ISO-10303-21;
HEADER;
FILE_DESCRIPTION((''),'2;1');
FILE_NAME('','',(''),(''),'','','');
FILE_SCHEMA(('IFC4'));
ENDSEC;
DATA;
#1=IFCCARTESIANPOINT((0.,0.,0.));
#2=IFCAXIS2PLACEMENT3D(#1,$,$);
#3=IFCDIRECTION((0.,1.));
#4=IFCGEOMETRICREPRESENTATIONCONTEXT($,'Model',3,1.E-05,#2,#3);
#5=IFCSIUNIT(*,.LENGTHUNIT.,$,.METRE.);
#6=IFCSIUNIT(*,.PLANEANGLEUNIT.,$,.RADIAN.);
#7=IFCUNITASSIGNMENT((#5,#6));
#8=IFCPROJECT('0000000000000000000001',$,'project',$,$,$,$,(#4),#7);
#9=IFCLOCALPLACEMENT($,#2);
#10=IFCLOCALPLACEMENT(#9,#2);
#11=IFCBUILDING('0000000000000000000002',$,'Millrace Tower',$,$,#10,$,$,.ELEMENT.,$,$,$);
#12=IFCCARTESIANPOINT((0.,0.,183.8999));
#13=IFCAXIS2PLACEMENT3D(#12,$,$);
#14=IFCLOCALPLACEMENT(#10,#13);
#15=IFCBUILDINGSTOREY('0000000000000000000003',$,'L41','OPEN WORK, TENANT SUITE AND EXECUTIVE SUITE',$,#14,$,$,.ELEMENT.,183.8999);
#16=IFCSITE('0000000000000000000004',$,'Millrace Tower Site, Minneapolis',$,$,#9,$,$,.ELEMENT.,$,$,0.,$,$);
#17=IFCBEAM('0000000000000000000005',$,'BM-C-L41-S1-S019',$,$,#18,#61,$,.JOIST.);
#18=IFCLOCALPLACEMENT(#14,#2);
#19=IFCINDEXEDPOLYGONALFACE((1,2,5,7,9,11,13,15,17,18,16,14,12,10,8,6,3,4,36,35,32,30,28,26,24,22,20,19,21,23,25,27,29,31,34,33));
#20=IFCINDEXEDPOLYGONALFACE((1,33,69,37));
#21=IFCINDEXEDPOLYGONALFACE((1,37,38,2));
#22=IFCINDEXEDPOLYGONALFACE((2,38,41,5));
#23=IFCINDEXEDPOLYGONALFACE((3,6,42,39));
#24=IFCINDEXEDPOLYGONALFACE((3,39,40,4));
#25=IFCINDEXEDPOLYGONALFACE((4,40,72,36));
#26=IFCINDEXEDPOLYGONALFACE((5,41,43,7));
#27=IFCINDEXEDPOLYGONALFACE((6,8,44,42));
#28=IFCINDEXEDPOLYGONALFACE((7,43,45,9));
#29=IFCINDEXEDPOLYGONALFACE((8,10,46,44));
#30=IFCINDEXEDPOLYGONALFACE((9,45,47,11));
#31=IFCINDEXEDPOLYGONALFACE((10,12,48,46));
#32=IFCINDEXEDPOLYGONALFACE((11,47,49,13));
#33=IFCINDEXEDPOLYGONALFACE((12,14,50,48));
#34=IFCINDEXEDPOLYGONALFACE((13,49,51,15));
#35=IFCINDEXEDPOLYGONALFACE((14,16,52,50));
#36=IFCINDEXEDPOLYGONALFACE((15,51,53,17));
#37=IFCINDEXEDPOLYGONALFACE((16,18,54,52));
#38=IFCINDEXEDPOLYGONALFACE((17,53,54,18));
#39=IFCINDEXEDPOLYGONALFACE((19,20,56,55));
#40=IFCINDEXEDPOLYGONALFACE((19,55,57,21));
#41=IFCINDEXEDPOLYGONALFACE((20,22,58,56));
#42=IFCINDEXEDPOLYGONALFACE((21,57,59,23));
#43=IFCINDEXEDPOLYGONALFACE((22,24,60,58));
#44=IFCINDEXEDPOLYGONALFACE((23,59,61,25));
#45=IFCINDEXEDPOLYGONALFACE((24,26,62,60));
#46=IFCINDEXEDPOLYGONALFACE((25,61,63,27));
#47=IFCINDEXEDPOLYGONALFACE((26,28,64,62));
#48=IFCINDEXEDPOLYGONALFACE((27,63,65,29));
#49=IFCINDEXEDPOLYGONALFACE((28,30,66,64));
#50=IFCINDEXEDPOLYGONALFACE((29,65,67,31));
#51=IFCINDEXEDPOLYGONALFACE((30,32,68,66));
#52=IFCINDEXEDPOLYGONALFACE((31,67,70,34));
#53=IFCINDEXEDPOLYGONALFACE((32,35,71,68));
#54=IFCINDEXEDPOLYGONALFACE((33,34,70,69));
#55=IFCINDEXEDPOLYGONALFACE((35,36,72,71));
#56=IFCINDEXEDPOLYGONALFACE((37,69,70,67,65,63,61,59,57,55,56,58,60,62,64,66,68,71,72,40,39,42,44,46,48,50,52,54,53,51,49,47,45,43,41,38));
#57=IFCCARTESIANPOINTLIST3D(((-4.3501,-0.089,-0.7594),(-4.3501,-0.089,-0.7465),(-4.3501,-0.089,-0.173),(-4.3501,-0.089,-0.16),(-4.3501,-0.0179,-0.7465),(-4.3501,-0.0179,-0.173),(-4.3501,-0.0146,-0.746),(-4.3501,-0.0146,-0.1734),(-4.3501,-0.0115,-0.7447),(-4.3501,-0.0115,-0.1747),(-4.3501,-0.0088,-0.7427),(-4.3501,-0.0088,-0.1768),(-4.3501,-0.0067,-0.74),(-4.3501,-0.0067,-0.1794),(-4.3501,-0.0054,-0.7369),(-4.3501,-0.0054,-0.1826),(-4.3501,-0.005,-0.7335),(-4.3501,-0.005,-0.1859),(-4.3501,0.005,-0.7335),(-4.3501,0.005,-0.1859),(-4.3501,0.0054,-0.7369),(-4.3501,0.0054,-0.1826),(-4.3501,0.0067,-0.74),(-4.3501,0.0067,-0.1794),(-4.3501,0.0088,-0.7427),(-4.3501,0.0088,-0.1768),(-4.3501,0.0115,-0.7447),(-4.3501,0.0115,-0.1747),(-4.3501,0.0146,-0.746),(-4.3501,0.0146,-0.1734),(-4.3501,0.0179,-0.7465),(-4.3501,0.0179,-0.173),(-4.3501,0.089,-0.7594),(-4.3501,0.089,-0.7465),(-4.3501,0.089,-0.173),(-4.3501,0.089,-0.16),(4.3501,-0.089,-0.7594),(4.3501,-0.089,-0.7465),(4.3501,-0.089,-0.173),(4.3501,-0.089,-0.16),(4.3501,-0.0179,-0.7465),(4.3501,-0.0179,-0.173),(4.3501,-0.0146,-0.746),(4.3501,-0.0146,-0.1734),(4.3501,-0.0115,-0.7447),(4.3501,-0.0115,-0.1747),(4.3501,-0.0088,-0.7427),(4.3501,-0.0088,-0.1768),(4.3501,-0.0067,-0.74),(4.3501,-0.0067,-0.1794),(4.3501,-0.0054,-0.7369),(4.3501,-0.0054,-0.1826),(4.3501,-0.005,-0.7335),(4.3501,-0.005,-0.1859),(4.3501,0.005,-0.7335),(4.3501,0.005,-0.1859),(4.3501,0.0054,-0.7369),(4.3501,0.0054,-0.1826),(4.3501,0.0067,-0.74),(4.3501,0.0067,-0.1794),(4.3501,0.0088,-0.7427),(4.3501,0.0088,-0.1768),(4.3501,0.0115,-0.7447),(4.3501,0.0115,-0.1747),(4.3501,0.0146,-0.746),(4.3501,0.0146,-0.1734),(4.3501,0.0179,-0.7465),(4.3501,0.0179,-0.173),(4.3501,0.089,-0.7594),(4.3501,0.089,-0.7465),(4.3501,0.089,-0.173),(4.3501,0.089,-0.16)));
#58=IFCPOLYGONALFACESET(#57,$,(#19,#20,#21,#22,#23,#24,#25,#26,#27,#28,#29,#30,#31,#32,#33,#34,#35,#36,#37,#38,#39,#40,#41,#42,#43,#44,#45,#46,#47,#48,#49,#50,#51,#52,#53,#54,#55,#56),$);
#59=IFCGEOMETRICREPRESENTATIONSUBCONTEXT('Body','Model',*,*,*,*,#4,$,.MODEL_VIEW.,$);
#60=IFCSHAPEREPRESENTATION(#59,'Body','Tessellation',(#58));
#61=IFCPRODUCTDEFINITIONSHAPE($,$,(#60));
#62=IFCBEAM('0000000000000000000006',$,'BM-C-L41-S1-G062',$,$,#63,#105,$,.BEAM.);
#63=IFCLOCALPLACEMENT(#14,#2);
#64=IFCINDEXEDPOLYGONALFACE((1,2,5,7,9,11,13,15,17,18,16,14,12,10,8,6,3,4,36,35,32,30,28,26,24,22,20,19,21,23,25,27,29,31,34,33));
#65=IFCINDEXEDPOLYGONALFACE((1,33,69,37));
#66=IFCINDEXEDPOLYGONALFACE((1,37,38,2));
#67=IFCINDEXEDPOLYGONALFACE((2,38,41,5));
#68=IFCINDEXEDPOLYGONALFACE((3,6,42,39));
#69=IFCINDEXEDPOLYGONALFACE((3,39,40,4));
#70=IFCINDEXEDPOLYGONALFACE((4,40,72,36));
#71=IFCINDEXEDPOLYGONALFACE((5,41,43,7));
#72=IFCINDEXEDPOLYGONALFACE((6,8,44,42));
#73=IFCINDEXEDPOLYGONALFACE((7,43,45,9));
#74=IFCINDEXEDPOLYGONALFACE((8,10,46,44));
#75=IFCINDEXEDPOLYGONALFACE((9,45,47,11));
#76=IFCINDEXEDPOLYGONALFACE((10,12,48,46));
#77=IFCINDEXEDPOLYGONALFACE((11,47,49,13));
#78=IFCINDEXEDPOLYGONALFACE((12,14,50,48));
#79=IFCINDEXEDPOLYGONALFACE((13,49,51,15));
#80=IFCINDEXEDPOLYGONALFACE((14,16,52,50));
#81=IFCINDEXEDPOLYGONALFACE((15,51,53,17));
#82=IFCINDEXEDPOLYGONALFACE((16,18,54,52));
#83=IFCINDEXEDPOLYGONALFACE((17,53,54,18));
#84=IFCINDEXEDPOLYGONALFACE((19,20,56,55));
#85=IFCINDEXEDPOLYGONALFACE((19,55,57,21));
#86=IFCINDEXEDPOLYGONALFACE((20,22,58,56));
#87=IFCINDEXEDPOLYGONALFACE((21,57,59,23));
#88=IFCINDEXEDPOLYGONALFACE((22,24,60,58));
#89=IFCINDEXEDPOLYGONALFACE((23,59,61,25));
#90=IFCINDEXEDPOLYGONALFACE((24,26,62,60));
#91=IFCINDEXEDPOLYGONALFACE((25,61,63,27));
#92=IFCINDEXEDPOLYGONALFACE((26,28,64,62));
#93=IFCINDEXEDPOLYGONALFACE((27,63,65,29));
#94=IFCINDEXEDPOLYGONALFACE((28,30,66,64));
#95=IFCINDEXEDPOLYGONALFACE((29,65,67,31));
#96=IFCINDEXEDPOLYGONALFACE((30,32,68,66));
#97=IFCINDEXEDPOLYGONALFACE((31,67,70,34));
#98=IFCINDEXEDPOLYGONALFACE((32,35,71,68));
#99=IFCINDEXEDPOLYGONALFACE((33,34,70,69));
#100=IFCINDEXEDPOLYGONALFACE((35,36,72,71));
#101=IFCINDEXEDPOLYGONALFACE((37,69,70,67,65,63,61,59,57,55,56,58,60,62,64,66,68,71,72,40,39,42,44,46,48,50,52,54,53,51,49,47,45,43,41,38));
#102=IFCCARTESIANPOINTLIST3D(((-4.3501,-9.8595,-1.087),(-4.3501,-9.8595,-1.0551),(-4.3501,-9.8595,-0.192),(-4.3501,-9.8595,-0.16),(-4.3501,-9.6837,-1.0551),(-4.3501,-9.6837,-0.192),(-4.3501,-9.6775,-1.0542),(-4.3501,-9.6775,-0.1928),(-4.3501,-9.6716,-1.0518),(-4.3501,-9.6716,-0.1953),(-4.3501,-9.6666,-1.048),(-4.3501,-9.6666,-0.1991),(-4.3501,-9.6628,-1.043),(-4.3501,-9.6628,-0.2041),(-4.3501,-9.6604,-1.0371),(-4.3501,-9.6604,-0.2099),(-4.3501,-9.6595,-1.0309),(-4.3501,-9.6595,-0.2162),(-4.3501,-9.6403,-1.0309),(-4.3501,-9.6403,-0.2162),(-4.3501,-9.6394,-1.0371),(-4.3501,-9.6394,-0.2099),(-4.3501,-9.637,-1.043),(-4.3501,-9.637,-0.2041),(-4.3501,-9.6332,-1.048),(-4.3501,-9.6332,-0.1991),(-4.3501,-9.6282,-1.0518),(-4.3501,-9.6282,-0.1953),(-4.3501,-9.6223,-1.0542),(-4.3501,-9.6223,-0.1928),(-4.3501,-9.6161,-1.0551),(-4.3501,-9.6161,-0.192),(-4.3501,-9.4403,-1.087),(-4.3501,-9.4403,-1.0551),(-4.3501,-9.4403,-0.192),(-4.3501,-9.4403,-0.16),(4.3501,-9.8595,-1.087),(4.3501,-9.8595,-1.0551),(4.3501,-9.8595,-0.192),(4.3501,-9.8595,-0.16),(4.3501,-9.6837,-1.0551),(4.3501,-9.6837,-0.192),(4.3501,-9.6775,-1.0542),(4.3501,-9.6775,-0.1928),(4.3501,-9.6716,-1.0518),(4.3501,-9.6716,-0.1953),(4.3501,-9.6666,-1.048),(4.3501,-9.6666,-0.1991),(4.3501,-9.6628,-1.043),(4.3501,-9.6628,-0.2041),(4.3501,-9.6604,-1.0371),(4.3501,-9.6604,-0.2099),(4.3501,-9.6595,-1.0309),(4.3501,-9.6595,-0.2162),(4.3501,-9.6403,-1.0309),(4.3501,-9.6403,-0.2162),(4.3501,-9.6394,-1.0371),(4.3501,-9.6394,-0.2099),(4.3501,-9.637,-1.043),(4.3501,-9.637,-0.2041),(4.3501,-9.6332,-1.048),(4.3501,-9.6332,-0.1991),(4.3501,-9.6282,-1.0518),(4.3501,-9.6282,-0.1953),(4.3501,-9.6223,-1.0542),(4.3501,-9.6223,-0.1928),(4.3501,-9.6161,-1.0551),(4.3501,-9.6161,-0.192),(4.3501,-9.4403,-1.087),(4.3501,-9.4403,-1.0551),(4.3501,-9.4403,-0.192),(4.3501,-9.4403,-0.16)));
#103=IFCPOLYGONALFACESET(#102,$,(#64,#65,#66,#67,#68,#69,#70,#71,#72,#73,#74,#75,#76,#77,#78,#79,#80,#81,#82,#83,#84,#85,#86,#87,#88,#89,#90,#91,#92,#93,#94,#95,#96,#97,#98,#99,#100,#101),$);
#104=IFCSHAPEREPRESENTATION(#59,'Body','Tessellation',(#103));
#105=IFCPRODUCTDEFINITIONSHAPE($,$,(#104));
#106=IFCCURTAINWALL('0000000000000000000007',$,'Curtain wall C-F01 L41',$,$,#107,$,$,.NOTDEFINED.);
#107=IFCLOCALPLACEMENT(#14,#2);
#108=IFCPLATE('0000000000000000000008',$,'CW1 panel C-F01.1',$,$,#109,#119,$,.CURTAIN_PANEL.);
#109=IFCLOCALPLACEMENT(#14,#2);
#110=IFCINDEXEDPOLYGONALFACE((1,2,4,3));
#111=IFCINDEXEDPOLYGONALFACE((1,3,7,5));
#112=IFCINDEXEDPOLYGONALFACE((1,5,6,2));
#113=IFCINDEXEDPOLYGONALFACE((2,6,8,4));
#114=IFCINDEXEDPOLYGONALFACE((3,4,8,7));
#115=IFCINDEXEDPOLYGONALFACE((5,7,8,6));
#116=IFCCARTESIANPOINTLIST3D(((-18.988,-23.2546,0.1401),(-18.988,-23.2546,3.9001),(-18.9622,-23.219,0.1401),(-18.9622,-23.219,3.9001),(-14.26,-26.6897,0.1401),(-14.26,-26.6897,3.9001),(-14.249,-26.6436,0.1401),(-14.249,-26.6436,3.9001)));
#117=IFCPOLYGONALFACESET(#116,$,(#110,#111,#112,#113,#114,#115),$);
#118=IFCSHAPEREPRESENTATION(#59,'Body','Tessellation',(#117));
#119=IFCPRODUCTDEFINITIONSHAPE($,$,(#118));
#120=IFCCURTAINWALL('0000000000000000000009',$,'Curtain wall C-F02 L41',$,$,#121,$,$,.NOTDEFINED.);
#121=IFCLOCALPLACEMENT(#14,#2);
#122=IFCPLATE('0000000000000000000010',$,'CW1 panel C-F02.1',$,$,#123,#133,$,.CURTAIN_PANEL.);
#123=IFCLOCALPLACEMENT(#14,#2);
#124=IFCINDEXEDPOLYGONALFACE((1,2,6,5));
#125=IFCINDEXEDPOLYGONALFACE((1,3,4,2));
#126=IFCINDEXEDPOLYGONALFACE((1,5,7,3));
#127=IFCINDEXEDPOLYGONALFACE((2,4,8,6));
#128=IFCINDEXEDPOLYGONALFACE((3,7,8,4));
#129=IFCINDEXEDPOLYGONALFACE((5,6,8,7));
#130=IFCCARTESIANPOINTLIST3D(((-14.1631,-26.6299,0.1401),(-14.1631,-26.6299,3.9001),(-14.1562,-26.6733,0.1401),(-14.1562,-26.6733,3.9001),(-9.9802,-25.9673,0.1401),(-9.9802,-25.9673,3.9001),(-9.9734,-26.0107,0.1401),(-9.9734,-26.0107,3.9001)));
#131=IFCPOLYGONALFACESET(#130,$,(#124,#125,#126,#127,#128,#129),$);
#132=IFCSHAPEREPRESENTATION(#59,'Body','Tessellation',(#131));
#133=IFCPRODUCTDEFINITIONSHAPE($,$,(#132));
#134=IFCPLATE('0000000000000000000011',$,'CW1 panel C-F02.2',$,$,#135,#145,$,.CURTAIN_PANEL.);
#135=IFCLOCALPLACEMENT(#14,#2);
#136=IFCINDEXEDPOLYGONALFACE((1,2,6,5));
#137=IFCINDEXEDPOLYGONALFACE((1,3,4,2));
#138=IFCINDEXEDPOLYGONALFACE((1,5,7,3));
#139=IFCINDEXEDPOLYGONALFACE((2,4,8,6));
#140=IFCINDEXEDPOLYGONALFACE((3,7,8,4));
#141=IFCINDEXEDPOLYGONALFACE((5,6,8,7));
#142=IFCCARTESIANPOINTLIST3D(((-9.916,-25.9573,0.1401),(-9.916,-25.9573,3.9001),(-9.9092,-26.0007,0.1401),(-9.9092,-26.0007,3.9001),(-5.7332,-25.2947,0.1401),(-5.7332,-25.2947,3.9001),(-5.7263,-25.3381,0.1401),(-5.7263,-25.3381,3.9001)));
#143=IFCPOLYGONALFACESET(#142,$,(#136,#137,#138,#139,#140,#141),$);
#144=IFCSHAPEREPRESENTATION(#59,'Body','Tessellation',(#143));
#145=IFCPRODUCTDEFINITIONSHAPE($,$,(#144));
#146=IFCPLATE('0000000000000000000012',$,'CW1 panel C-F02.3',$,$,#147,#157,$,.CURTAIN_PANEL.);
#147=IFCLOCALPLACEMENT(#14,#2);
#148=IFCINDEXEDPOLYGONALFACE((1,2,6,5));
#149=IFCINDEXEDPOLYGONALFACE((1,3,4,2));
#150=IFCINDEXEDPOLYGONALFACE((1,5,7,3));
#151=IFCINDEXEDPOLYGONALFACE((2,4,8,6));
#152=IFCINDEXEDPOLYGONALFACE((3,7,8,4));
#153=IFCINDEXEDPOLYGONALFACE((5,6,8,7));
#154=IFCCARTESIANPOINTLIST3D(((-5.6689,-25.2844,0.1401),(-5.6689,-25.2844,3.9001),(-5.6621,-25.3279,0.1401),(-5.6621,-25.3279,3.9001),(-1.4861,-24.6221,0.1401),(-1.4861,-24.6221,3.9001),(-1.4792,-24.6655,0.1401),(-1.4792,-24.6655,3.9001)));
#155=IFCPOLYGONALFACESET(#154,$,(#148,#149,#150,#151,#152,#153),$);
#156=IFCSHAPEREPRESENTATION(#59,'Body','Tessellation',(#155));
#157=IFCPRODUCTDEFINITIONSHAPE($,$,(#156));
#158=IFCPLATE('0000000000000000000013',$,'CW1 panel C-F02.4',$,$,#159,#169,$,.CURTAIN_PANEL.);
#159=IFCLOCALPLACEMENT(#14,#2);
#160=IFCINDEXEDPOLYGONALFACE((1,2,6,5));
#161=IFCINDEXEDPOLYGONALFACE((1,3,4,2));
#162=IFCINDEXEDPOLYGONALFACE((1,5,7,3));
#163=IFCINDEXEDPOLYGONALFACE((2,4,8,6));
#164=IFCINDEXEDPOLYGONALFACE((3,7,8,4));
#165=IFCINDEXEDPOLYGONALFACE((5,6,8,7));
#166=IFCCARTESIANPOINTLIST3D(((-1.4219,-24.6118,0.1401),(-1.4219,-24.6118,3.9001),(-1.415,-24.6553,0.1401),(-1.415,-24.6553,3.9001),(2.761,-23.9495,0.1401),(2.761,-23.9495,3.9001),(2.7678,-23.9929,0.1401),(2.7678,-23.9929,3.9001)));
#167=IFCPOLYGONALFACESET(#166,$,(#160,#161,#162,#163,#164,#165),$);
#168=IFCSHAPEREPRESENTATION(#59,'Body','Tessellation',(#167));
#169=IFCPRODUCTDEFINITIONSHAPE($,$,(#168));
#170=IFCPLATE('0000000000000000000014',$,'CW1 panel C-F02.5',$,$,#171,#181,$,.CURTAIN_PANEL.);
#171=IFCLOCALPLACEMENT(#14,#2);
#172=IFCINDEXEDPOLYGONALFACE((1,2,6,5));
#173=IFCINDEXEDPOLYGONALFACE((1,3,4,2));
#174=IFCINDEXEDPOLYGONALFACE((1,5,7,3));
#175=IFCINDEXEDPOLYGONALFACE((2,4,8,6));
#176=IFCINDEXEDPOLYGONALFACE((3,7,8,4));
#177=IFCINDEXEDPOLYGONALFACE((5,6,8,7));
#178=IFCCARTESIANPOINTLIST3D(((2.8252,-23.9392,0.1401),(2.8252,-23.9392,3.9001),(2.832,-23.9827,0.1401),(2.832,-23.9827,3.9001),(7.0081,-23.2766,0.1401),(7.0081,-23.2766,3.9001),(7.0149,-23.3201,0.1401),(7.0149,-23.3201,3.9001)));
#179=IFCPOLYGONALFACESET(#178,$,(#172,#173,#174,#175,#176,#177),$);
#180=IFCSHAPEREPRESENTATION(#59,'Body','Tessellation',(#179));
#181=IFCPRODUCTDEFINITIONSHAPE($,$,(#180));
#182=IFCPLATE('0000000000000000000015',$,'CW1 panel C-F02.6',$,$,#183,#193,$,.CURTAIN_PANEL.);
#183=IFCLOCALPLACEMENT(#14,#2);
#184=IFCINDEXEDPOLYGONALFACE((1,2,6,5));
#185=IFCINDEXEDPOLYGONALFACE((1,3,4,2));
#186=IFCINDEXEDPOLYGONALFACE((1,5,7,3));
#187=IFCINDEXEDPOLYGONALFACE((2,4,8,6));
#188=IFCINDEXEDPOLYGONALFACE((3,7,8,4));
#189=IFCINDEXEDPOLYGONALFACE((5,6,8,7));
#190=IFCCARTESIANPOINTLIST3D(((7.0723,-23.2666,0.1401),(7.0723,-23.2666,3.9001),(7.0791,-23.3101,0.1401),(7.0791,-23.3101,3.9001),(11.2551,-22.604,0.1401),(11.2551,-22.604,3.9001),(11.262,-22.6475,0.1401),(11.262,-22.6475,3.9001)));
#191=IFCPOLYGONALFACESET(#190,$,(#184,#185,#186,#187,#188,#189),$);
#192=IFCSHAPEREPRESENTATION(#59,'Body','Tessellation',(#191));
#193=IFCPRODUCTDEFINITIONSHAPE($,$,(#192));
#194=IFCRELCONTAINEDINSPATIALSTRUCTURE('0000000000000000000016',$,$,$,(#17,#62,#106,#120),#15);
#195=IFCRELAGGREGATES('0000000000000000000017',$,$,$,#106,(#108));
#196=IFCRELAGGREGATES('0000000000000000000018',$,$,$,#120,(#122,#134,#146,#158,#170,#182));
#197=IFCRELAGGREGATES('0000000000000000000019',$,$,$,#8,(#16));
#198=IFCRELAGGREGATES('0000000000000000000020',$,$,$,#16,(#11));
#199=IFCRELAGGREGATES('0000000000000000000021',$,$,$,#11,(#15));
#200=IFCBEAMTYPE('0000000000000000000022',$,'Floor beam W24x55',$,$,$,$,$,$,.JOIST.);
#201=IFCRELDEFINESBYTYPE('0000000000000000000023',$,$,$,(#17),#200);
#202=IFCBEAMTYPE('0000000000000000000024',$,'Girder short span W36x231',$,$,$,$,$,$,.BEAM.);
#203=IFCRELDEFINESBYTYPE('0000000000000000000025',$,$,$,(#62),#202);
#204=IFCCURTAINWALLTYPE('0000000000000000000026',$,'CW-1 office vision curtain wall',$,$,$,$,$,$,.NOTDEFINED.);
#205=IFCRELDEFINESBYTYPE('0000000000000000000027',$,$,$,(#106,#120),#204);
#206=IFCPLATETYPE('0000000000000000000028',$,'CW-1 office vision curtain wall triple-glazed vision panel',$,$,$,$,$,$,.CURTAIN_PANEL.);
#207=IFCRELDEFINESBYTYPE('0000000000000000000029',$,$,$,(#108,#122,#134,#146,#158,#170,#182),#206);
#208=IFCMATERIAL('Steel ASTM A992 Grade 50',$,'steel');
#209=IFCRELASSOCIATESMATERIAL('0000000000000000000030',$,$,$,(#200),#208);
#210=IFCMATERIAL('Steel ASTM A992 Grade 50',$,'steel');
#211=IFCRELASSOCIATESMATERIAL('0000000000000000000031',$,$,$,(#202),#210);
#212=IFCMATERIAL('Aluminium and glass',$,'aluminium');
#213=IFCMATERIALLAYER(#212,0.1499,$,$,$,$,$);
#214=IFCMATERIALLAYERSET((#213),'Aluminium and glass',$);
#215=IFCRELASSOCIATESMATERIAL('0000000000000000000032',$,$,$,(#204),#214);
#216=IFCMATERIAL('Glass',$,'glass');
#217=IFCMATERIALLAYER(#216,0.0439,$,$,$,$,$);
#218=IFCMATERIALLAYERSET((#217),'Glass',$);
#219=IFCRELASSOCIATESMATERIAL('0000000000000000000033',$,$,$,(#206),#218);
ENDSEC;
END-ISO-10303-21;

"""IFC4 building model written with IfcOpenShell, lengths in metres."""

from ifc_helpers import new_model, si_unit, direction, frame, origin, origin_2d, place, context, subcontext, project, spatial, polyline, i_section, outline, extrude, material, layer, layer_set, material_profile, profile_set, type_object, element, aggregate, save


model = new_model("IFC4")

# Units and contexts
model_context = context("Model", 3, precision=1e-05, world=origin(), true_north=direction((0.0, 1.0)))
body_context = subcontext(model_context, "Body", "Model", "MODEL_VIEW")
ifc_project = project(units=[si_unit("LENGTHUNIT", "METRE"), si_unit("PLANEANGLEUNIT", "RADIAN")], contexts=[model_context])

# Site, building, storey
site_placement = place(None, origin())
site = spatial("IfcSite", under=ifc_project, at=site_placement, Name="Millrace Tower Site, Minneapolis", CompositionType="ELEMENT", RefElevation=0.0)
building_placement = place(site_placement, origin())
building = spatial("IfcBuilding", under=site, at=building_placement, Name="Millrace Tower", CompositionType="ELEMENT")
storey_placement = place(building_placement, frame((0.0, 0.0, 183.8999)))
storey = spatial("IfcBuildingStorey", under=building, at=storey_placement, Name="L41", Description="OPEN WORK, TENANT SUITE AND EXECUTIVE SUITE", CompositionType="ELEMENT", Elevation=183.8999)

# Beams
ifc_material_1 = material(Name="Steel ASTM A992 Grade 50", Category="steel")
ifc_material_profile_1 = material_profile(ifc_material_1, i_section(OverallWidth=0.178, OverallDepth=0.5994, WebThickness=0.01, FlangeThickness=0.0129, FilletRadius=0.0129, at=origin_2d()))
ifc_profile_set_1 = profile_set([ifc_material_profile_1], Name="Steel ASTM A992 Grade 50")
beam_type_1 = type_object("IfcBeamType", Name="Floor beam W24x55", PredefinedType="JOIST", material=ifc_profile_set_1)
for number, where, z_axis, x_axis, name in (
    (1, (-4.3501, 0.0, -0.4597), (1.0, 0.0, 0.0), (0.0, 1.0, 0.0), "BM-C-L41-S1-S019"),
):
    element("IfcBeam", number, at=place(storey_placement, frame(where, z_axis=z_axis, x_axis=x_axis)), inside=storey, type_object=beam_type_1, Name=name, PredefinedType="JOIST", context=body_context, shape_type="SweptSolid", body=[
        extrude(i_section(OverallWidth=0.178, OverallDepth=0.5994, WebThickness=0.01, FlangeThickness=0.0129, FilletRadius=0.0129, at=origin_2d()), origin(), (0.0, 0.0, 1.0), 8.7002),
    ])
ifc_material_2 = material(Name="Steel ASTM A992 Grade 50", Category="steel")
ifc_material_profile_2 = material_profile(ifc_material_2, i_section(OverallWidth=0.4192, OverallDepth=0.927, WebThickness=0.0193, FlangeThickness=0.032, FilletRadius=0.0242, at=origin_2d()))
ifc_profile_set_2 = profile_set([ifc_material_profile_2], Name="Steel ASTM A992 Grade 50")
beam_type_2 = type_object("IfcBeamType", Name="Girder short span W36x231", PredefinedType="BEAM", material=ifc_profile_set_2)
beam_1_placement = place(storey_placement, frame((-4.3501, -9.6499, -0.6235), z_axis=(1.0, 0.0, 0.0), x_axis=(0.0, 1.0, 0.0)))
element("IfcBeam", 2, at=beam_1_placement, inside=storey, type_object=beam_type_2, Name="BM-C-L41-S1-G062", PredefinedType="BEAM", context=body_context, shape_type="SweptSolid", body=[
    extrude(i_section(OverallWidth=0.4192, OverallDepth=0.927, WebThickness=0.0193, FlangeThickness=0.032, FilletRadius=0.0242, at=origin_2d()), origin(), (0.0, 0.0, 1.0), 8.7002),
])

# Curtain wall, plate
ifc_material_3 = material(Name="Aluminium and glass", Category="aluminium")
ifc_layer_1 = layer(ifc_material_3, 0.1499)
ifc_layer_set_1 = layer_set([ifc_layer_1], Name="Aluminium and glass")
curtain_wall_type = type_object("IfcCurtainWallType", Name="CW-1 office vision curtain wall", PredefinedType="NOTDEFINED", material=ifc_layer_set_1)
placement_1 = place(storey_placement, origin())
curtain_wall_1 = element("IfcCurtainWall", 3, at=placement_1, inside=storey, type_object=curtain_wall_type, Name="Curtain wall C-F01 L41", PredefinedType="NOTDEFINED")
ifc_material_4 = material(Name="Glass", Category="glass")
ifc_layer_2 = layer(ifc_material_4, 0.0439)
ifc_layer_set_2 = layer_set([ifc_layer_2], Name="Glass")
plate_type = type_object("IfcPlateType", Name="CW-1 office vision curtain wall triple-glazed vision panel", PredefinedType="CURTAIN_PANEL", material=ifc_layer_set_2)
placement_2 = place(storey_placement, frame((0.0, 0.0, 0.1401)))
plate_1 = element("IfcPlate", 4, at=placement_2, type_object=plate_type, Name="CW1 panel C-F01.1", PredefinedType="CURTAIN_PANEL", context=body_context, shape_type="SweptSolid", body=[
    extrude(outline(polyline([(-18.988, -23.2546), (-14.26, -26.6897), (-14.249, -26.6436), (-18.9622, -23.219), (-18.988, -23.2546)])), origin(), (0.0, 0.0, 1.0), 3.76),
])
aggregate(curtain_wall_1, [plate_1])

# Curtain wall, plates
curtain_wall_2 = element("IfcCurtainWall", 5, at=placement_1, inside=storey, type_object=curtain_wall_type, Name="Curtain wall C-F02 L41", PredefinedType="NOTDEFINED")
plate_2 = element("IfcPlate", 6, at=placement_2, type_object=plate_type, Name="CW1 panel C-F02.1", PredefinedType="CURTAIN_PANEL", context=body_context, shape_type="SweptSolid", body=[
    extrude(outline(polyline([(-14.1562, -26.6733), (-9.9734, -26.0107), (-9.9802, -25.9673), (-14.1631, -26.6299), (-14.1562, -26.6733)])), origin(), (0.0, 0.0, 1.0), 3.76),
])
plate_3 = element("IfcPlate", 7, at=placement_2, type_object=plate_type, Name="CW1 panel C-F02.2", PredefinedType="CURTAIN_PANEL", context=body_context, shape_type="SweptSolid", body=[
    extrude(outline(polyline([(-9.9092, -26.0007), (-5.7263, -25.3381), (-5.7332, -25.2947), (-9.916, -25.9573), (-9.9092, -26.0007)])), origin(), (0.0, 0.0, 1.0), 3.76),
])
plate_4 = element("IfcPlate", 8, at=placement_2, type_object=plate_type, Name="CW1 panel C-F02.3", PredefinedType="CURTAIN_PANEL", context=body_context, shape_type="SweptSolid", body=[
    extrude(outline(polyline([(-5.6621, -25.3279), (-1.4792, -24.6655), (-1.4861, -24.6221), (-5.6689, -25.2844), (-5.6621, -25.3279)])), origin(), (0.0, 0.0, 1.0), 3.76),
])
plate_5 = element("IfcPlate", 9, at=placement_2, type_object=plate_type, Name="CW1 panel C-F02.4", PredefinedType="CURTAIN_PANEL", context=body_context, shape_type="SweptSolid", body=[
    extrude(outline(polyline([(-1.415, -24.6553), (2.7678, -23.9929), (2.761, -23.9495), (-1.4219, -24.6118), (-1.415, -24.6553)])), origin(), (0.0, 0.0, 1.0), 3.76),
])
plate_6 = element("IfcPlate", 10, at=placement_2, type_object=plate_type, Name="CW1 panel C-F02.5", PredefinedType="CURTAIN_PANEL", context=body_context, shape_type="SweptSolid", body=[
    extrude(outline(polyline([(2.832, -23.9827), (7.0149, -23.3201), (7.0081, -23.2766), (2.8252, -23.9392), (2.832, -23.9827)])), origin(), (0.0, 0.0, 1.0), 3.76),
])
plate_7 = element("IfcPlate", 11, at=placement_2, type_object=plate_type, Name="CW1 panel C-F02.6", PredefinedType="CURTAIN_PANEL", context=body_context, shape_type="SweptSolid", body=[
    extrude(outline(polyline([(7.0791, -23.3101), (11.262, -22.6475), (11.2551, -22.604), (7.0723, -23.2666), (7.0791, -23.3101)])), origin(), (0.0, 0.0, 1.0), 3.76),
])
aggregate(curtain_wall_2, [plate_2, plate_3, plate_4, plate_5, plate_6, plate_7])

save(model, "model.ifc")
